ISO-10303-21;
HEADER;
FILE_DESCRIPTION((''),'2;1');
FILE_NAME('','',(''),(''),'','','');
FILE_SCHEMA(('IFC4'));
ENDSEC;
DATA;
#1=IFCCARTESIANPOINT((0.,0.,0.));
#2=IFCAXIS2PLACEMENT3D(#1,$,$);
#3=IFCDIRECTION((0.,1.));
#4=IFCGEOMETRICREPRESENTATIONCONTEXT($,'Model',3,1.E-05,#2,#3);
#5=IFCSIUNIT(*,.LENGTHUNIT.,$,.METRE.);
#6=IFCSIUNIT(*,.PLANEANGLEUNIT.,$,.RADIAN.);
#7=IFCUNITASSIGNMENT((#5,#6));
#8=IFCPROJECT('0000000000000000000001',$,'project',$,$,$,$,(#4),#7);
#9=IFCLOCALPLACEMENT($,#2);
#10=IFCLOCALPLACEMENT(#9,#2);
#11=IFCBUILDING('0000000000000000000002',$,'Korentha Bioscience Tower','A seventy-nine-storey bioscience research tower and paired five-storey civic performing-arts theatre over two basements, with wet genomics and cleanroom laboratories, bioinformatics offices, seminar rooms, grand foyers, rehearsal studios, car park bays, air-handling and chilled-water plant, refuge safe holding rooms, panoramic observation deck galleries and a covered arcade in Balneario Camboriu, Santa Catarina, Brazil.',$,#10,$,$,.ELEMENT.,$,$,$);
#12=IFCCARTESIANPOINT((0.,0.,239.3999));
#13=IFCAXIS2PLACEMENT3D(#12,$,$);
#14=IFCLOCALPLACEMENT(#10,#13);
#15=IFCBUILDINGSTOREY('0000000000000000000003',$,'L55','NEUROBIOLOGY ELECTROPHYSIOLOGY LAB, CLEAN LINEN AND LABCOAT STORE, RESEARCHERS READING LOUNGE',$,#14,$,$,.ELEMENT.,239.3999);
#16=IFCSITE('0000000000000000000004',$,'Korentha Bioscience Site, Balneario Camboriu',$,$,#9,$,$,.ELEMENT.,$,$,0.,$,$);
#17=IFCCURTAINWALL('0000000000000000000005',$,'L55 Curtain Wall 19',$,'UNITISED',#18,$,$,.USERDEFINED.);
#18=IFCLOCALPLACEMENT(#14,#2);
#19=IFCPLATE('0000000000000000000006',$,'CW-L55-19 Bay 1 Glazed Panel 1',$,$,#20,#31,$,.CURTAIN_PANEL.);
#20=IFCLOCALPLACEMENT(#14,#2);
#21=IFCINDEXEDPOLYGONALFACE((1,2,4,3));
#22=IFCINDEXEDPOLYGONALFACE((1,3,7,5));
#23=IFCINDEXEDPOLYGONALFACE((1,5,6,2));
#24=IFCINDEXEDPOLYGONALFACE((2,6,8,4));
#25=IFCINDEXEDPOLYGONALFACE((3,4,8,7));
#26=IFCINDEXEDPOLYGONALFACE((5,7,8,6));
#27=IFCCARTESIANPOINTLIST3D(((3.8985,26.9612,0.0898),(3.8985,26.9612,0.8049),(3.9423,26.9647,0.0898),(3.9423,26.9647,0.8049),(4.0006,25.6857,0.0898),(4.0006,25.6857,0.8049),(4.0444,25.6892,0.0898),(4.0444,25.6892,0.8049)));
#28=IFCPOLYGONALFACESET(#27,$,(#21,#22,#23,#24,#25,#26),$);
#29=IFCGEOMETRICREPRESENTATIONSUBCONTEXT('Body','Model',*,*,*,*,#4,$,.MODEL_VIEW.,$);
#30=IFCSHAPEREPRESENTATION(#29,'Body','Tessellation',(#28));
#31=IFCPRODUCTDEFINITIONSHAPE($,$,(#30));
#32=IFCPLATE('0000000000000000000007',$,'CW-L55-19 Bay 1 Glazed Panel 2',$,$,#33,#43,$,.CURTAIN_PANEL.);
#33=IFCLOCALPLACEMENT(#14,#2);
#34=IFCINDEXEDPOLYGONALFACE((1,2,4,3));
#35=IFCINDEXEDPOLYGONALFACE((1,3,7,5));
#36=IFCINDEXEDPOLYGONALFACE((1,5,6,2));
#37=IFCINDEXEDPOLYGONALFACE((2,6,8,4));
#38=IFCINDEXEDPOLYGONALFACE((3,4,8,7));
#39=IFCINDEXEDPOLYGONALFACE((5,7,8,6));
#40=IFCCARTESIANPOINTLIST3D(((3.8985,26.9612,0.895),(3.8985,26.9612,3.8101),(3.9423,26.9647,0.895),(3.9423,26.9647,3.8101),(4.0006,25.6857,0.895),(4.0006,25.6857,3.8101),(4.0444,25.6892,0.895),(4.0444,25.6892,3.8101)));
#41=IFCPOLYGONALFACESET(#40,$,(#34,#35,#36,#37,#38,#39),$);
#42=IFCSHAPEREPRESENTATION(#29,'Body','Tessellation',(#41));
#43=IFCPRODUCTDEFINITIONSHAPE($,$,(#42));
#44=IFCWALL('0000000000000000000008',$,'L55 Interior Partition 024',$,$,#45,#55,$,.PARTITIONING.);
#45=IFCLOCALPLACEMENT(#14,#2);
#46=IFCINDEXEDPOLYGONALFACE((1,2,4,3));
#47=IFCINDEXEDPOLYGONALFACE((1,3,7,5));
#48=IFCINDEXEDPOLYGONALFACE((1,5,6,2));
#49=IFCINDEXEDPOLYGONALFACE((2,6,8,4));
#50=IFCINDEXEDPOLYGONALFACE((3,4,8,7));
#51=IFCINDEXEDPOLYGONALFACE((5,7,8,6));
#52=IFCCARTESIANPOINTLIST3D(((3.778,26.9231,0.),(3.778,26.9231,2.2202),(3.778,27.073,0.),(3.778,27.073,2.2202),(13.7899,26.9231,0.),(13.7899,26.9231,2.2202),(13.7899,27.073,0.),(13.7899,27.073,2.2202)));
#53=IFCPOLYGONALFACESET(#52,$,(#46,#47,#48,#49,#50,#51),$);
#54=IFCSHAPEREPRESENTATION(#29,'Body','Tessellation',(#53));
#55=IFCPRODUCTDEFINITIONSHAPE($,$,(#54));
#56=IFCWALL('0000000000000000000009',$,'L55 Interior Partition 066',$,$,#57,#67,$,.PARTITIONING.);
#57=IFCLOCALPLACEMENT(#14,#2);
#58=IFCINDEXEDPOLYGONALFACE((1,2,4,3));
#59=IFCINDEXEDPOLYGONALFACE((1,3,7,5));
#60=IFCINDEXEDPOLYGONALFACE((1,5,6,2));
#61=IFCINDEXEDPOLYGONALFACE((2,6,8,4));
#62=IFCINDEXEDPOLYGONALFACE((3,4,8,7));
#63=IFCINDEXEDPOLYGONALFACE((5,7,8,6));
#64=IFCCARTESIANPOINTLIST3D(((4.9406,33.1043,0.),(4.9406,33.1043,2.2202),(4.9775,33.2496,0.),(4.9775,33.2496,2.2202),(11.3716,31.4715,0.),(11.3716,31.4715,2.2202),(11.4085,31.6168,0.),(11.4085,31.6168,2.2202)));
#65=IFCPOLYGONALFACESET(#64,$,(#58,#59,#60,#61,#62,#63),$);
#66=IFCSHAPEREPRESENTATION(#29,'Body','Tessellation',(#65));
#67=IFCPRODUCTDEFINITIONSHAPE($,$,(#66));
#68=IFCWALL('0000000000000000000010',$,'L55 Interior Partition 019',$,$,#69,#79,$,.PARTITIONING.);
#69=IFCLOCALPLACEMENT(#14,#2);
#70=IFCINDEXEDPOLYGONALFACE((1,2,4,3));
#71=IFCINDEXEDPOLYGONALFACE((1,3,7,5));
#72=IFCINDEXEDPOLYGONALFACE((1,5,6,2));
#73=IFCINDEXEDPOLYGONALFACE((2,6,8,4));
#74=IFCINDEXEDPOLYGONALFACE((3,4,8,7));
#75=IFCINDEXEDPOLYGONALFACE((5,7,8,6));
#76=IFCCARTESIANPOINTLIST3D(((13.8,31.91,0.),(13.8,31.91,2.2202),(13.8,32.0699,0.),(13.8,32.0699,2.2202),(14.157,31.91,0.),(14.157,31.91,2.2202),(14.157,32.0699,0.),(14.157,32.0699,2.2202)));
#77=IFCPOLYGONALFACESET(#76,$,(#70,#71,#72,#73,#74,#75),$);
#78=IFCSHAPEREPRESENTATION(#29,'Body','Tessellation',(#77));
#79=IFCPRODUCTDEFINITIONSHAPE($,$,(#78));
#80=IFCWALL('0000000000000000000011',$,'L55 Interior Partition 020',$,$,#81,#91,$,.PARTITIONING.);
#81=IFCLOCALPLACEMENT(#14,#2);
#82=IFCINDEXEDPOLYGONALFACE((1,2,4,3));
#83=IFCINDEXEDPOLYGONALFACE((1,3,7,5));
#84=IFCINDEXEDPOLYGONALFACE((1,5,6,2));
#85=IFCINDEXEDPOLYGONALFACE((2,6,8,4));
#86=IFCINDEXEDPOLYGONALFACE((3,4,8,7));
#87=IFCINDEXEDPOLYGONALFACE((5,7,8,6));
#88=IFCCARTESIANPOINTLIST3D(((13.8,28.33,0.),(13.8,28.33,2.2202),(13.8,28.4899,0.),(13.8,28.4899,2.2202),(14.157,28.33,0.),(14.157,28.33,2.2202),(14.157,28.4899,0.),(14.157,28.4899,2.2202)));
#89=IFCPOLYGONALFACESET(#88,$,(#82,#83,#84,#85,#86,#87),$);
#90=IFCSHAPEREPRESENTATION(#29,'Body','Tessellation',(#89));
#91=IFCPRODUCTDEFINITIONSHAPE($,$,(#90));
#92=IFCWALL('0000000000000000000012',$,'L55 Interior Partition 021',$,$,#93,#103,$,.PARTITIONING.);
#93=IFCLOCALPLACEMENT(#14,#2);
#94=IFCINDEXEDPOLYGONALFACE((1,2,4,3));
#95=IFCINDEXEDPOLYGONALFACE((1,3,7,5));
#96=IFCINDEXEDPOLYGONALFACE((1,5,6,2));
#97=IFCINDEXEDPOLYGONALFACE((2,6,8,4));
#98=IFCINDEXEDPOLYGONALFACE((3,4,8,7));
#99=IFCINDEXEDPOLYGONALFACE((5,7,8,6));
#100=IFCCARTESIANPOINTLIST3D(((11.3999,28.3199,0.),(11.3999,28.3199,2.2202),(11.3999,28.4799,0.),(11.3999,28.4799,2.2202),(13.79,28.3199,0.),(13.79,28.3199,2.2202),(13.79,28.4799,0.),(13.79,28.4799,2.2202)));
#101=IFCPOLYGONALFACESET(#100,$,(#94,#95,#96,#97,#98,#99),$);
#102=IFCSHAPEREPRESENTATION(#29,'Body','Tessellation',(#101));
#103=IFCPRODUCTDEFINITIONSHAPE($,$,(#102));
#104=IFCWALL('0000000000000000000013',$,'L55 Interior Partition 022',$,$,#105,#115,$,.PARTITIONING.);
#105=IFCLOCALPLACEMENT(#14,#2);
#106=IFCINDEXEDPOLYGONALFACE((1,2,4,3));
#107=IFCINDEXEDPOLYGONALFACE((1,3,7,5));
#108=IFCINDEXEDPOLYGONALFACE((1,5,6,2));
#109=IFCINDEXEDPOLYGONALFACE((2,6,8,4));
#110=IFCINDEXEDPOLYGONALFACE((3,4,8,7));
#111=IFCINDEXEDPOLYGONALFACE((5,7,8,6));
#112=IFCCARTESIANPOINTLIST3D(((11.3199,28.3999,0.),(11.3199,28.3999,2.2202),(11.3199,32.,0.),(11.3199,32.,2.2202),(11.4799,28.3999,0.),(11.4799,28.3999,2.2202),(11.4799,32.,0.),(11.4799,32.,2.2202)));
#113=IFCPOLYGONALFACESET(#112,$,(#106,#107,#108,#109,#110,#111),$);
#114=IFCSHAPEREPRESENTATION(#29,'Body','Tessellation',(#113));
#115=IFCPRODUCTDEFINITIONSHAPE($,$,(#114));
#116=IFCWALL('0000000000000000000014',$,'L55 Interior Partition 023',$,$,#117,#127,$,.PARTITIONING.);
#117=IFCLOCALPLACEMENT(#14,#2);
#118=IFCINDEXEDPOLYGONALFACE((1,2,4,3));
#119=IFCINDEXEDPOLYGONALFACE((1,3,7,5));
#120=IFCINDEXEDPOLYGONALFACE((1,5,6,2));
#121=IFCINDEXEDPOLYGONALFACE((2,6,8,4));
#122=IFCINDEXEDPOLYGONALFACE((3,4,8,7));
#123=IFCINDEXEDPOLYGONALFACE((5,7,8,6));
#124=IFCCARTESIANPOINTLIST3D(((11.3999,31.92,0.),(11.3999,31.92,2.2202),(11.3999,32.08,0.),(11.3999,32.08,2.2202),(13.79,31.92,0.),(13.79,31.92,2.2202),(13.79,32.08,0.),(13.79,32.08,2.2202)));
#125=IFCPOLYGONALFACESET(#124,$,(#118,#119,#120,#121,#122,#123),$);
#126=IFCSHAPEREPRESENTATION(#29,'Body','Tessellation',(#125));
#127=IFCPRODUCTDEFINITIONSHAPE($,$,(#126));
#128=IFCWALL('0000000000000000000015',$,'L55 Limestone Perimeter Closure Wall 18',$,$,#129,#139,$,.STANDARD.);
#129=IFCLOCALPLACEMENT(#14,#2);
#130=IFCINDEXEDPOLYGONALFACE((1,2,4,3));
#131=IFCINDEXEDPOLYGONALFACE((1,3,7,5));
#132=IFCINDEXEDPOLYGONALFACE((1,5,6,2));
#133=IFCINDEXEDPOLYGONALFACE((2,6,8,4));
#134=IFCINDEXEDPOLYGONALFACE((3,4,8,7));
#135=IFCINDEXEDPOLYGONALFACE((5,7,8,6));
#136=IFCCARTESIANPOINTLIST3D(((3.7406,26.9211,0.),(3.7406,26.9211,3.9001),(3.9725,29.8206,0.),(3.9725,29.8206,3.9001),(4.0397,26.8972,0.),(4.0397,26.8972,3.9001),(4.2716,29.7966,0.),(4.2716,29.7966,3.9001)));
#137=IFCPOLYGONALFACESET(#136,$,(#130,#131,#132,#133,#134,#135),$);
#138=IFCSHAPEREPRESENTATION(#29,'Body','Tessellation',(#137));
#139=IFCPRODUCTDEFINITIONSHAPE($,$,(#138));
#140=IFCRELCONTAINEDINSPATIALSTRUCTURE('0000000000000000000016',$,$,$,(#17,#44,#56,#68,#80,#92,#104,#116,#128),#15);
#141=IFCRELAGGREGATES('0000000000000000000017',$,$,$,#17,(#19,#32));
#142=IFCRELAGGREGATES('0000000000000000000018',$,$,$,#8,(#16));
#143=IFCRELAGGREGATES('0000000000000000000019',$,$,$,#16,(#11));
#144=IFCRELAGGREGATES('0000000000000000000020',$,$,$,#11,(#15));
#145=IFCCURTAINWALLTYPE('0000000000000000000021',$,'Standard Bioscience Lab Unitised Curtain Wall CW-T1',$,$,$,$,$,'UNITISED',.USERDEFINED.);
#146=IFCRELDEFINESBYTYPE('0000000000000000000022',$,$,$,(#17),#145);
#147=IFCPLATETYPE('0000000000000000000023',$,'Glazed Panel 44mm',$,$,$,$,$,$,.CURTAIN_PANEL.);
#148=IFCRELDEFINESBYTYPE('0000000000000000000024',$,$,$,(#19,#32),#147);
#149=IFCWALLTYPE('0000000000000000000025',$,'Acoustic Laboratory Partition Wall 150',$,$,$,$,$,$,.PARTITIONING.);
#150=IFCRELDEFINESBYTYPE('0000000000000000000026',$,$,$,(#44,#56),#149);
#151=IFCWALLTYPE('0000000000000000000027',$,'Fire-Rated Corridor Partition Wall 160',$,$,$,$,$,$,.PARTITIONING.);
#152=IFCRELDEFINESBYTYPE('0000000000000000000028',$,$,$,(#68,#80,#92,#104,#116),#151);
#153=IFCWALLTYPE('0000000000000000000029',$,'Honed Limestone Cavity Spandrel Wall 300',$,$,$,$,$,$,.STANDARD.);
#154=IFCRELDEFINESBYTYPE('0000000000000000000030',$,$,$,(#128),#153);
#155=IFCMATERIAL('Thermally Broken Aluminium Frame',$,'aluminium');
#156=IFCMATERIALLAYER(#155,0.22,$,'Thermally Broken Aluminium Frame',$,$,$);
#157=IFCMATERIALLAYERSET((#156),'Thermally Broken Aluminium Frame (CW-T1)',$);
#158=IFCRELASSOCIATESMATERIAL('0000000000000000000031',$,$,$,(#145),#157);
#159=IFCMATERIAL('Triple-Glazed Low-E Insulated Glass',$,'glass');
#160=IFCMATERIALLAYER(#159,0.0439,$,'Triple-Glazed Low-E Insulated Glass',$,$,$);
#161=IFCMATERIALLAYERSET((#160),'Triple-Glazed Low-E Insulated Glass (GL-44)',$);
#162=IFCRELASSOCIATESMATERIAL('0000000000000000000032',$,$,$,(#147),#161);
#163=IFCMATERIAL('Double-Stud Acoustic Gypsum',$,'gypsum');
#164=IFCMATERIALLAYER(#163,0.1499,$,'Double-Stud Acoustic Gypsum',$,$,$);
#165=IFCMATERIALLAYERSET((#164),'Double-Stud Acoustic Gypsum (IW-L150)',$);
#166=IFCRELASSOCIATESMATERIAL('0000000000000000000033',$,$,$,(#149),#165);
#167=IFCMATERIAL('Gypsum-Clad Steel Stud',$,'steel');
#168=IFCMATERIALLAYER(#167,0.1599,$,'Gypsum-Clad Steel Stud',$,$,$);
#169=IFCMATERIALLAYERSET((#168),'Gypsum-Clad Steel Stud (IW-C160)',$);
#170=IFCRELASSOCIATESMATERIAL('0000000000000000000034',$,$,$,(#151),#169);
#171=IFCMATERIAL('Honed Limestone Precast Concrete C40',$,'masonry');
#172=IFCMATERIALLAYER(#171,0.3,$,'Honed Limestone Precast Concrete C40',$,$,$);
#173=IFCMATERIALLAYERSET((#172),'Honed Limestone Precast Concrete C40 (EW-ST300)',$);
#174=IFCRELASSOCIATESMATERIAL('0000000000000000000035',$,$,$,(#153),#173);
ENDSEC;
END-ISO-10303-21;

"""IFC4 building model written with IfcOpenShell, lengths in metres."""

from ifc_helpers import new_model, si_unit, direction, frame, frame_2d, origin, origin_2d, place, context, subcontext, project, spatial, rectangle, extrude, material, layer, layer_set, type_object, element, aggregate, save


model = new_model("IFC4")

# Units and contexts
model_context = context("Model", 3, precision=1e-05, world=origin(), true_north=direction((0.0, 1.0)))
body_context = subcontext(model_context, "Body", "Model", "MODEL_VIEW")
ifc_project = project(units=[si_unit("LENGTHUNIT", "METRE"), si_unit("PLANEANGLEUNIT", "RADIAN")], contexts=[model_context])

# Site, building, storey
site_placement = place(None, origin())
site = spatial("IfcSite", under=ifc_project, at=site_placement, Name="Korentha Bioscience Site, Balneario Camboriu", CompositionType="ELEMENT", RefElevation=0.0)
building_placement = place(site_placement, origin())
building = spatial("IfcBuilding", under=site, at=building_placement, Name="Korentha Bioscience Tower", Description="A seventy-nine-storey bioscience research tower and paired five-storey civic performing-arts theatre over two basements, with wet genomics and cleanroom laboratories, bioinformatics offices, seminar rooms, grand foyers, rehearsal studios, car park bays, air-handling and chilled-water plant, refuge safe holding rooms, panoramic observation deck galleries and a covered arcade in Balneario Camboriu, Santa Catarina, Brazil.", CompositionType="ELEMENT")
storey_placement = place(building_placement, frame((0.0, 0.0, 239.3999)))
storey = spatial("IfcBuildingStorey", under=building, at=storey_placement, Name="L55", Description="NEUROBIOLOGY ELECTROPHYSIOLOGY LAB, CLEAN LINEN AND LABCOAT STORE, RESEARCHERS READING LOUNGE", CompositionType="ELEMENT", Elevation=239.3999)

# Curtain wall, plates
ifc_material_1 = material(Name="Thermally Broken Aluminium Frame", Category="aluminium")
ifc_layer_1 = layer(ifc_material_1, 0.22, Name="Thermally Broken Aluminium Frame")
ifc_layer_set_1 = layer_set([ifc_layer_1], Name="Thermally Broken Aluminium Frame (CW-T1)")
curtain_wall_type = type_object("IfcCurtainWallType", Name="Standard Bioscience Lab Unitised Curtain Wall CW-T1", ElementType="UNITISED", PredefinedType="USERDEFINED", material=ifc_layer_set_1)
curtain_wall_placement = place(storey_placement, origin())
curtain_wall = element("IfcCurtainWall", 1, at=curtain_wall_placement, inside=storey, type_object=curtain_wall_type, Name="L55 Curtain Wall 19", ObjectType="UNITISED", PredefinedType="USERDEFINED")
ifc_material_2 = material(Name="Triple-Glazed Low-E Insulated Glass", Category="glass")
ifc_layer_2 = layer(ifc_material_2, 0.0439, Name="Triple-Glazed Low-E Insulated Glass")
ifc_layer_set_2 = layer_set([ifc_layer_2], Name="Triple-Glazed Low-E Insulated Glass (GL-44)")
plate_type = type_object("IfcPlateType", Name="Glazed Panel 44mm", PredefinedType="CURTAIN_PANEL", material=ifc_layer_set_2)
plate_1_placement = place(storey_placement, frame((3.9714, 26.3252, 0.0898), z_axis=(0.0, 0.0, 1.0), x_axis=(0.079748, -0.996815, 0.0)))
plate_1 = element("IfcPlate", 2, at=plate_1_placement, type_object=plate_type, Name="CW-L55-19 Bay 1 Glazed Panel 1", PredefinedType="CURTAIN_PANEL", context=body_context, shape_type="SweptSolid", body=[
    extrude(rectangle(XDim=1.2795, YDim=0.0439, at=origin_2d()), origin(), (0.0, 0.0, 1.0), 0.7151),
])
plate_2_placement = place(storey_placement, frame((3.9714, 26.3252, 0.895), z_axis=(0.0, 0.0, 1.0), x_axis=(0.079748, -0.996815, 0.0)))
plate_2 = element("IfcPlate", 3, at=plate_2_placement, type_object=plate_type, Name="CW-L55-19 Bay 1 Glazed Panel 2", PredefinedType="CURTAIN_PANEL", context=body_context, shape_type="SweptSolid", body=[
    extrude(rectangle(XDim=1.2795, YDim=0.0439, at=origin_2d()), origin(), (0.0, 0.0, 1.0), 2.915),
])
aggregate(curtain_wall, [plate_1, plate_2])

# Shared definitions
ifc_material_3 = material(Name="Double-Stud Acoustic Gypsum", Category="gypsum")
ifc_layer_3 = layer(ifc_material_3, 0.1499, Name="Double-Stud Acoustic Gypsum")
ifc_layer_set_3 = layer_set([ifc_layer_3], Name="Double-Stud Acoustic Gypsum (IW-L150)")
wall_type_1 = type_object("IfcWallType", Name="Acoustic Laboratory Partition Wall 150", PredefinedType="PARTITIONING", material=ifc_layer_set_3)

# Walls
wall_1_placement = place(storey_placement, frame((3.7781, 26.998, 0.0), z_axis=(0.0, 0.0, 1.0), x_axis=(1.0, 0.0, 0.0)))
element("IfcWall", 4, at=wall_1_placement, inside=storey, type_object=wall_type_1, Name="L55 Interior Partition 024", PredefinedType="PARTITIONING", context=body_context, shape_type="SweptSolid", body=[
    extrude(rectangle(XDim=10.012, YDim=0.1499, at=frame_2d((5.0059, 0.0))), origin(), (0.0, 0.0, 1.0), 2.2202),
])
wall_2_placement = place(storey_placement, frame((11.3899, 31.5442, 0.0), z_axis=(0.0, 0.0, 1.0), x_axis=(-0.969246, 0.246092, 0.0)))
element("IfcWall", 5, at=wall_2_placement, inside=storey, type_object=wall_type_1, Name="L55 Interior Partition 066", PredefinedType="PARTITIONING", context=body_context, shape_type="SweptSolid", body=[
    extrude(rectangle(XDim=6.635, YDim=0.1499, at=frame_2d((3.3174, 0.0))), origin(), (0.0, 0.0, 1.0), 2.2202),
])

# Shared definitions
ifc_material_4 = material(Name="Gypsum-Clad Steel Stud", Category="steel")
ifc_layer_4 = layer(ifc_material_4, 0.1599, Name="Gypsum-Clad Steel Stud")
ifc_layer_set_4 = layer_set([ifc_layer_4], Name="Gypsum-Clad Steel Stud (IW-C160)")
wall_type_2 = type_object("IfcWallType", Name="Fire-Rated Corridor Partition Wall 160", PredefinedType="PARTITIONING", material=ifc_layer_set_4)

# Walls
for number, where, z_axis, x_axis, name in (
    (6, (13.8, 31.99, 0.0), (0.0, 0.0, 1.0), (1.0, 0.0, 0.0), "L55 Interior Partition 019"),
    (7, (14.157, 28.4099, 0.0), (0.0, 0.0, 1.0), (-1.0, 0.0, 0.0), "L55 Interior Partition 020"),
):
    element("IfcWall", number, at=place(storey_placement, frame(where, z_axis=z_axis, x_axis=x_axis)), inside=storey, type_object=wall_type_2, Name=name, PredefinedType="PARTITIONING", context=body_context, shape_type="SweptSolid", body=[
        extrude(rectangle(XDim=0.3569, YDim=0.1599, at=frame_2d((0.1785, 0.0))), origin(), (0.0, 0.0, 1.0), 2.2202),
    ])
wall_3_placement = place(storey_placement, frame((13.79, 28.3999, 0.0), z_axis=(0.0, 0.0, 1.0), x_axis=(-1.0, 0.0, 0.0)))
element("IfcWall", 8, at=wall_3_placement, inside=storey, type_object=wall_type_2, Name="L55 Interior Partition 021", PredefinedType="PARTITIONING", context=body_context, shape_type="SweptSolid", body=[
    extrude(rectangle(XDim=2.3901, YDim=0.1599, at=frame_2d((1.1951, 0.0))), origin(), (0.0, 0.0, 1.0), 2.2202),
])
wall_4_placement = place(storey_placement, frame((11.3999, 28.3999, 0.0), z_axis=(0.0, 0.0, 1.0), x_axis=(0.0, 1.0, 0.0)))
element("IfcWall", 9, at=wall_4_placement, inside=storey, type_object=wall_type_2, Name="L55 Interior Partition 022", PredefinedType="PARTITIONING", context=body_context, shape_type="SweptSolid", body=[
    extrude(rectangle(XDim=3.6001, YDim=0.1599, at=frame_2d((1.8, 0.0))), origin(), (0.0, 0.0, 1.0), 2.2202),
])
wall_5_placement = place(storey_placement, frame((11.3999, 32.0, 0.0), z_axis=(0.0, 0.0, 1.0), x_axis=(1.0, 0.0, 0.0)))
element("IfcWall", 10, at=wall_5_placement, inside=storey, type_object=wall_type_2, Name="L55 Interior Partition 023", PredefinedType="PARTITIONING", context=body_context, shape_type="SweptSolid", body=[
    extrude(rectangle(XDim=2.3901, YDim=0.1599, at=frame_2d((1.1951, 0.0))), origin(), (0.0, 0.0, 1.0), 2.2202),
])

# Shared definitions
ifc_material_5 = material(Name="Honed Limestone Precast Concrete C40", Category="masonry")
ifc_layer_5 = layer(ifc_material_5, 0.3, Name="Honed Limestone Precast Concrete C40")
ifc_layer_set_5 = layer_set([ifc_layer_5], Name="Honed Limestone Precast Concrete C40 (EW-ST300)")
wall_type_3 = type_object("IfcWallType", Name="Honed Limestone Cavity Spandrel Wall 300", PredefinedType="STANDARD", material=ifc_layer_set_5)

# Wall
wall_6_placement = place(storey_placement, frame((4.1221, 29.8086, 0.0), z_axis=(0.0, 0.0, 1.0), x_axis=(-0.079739, -0.996816, 0.0)))
element("IfcWall", 11, at=wall_6_placement, inside=storey, type_object=wall_type_3, Name="L55 Limestone Perimeter Closure Wall 18", PredefinedType="STANDARD", context=body_context, shape_type="SweptSolid", body=[
    extrude(rectangle(XDim=2.9087, YDim=0.3, at=frame_2d((1.4543, 0.0))), origin(), (0.0, 0.0, 1.0), 3.9001),
])

save(model, "model.ifc")
